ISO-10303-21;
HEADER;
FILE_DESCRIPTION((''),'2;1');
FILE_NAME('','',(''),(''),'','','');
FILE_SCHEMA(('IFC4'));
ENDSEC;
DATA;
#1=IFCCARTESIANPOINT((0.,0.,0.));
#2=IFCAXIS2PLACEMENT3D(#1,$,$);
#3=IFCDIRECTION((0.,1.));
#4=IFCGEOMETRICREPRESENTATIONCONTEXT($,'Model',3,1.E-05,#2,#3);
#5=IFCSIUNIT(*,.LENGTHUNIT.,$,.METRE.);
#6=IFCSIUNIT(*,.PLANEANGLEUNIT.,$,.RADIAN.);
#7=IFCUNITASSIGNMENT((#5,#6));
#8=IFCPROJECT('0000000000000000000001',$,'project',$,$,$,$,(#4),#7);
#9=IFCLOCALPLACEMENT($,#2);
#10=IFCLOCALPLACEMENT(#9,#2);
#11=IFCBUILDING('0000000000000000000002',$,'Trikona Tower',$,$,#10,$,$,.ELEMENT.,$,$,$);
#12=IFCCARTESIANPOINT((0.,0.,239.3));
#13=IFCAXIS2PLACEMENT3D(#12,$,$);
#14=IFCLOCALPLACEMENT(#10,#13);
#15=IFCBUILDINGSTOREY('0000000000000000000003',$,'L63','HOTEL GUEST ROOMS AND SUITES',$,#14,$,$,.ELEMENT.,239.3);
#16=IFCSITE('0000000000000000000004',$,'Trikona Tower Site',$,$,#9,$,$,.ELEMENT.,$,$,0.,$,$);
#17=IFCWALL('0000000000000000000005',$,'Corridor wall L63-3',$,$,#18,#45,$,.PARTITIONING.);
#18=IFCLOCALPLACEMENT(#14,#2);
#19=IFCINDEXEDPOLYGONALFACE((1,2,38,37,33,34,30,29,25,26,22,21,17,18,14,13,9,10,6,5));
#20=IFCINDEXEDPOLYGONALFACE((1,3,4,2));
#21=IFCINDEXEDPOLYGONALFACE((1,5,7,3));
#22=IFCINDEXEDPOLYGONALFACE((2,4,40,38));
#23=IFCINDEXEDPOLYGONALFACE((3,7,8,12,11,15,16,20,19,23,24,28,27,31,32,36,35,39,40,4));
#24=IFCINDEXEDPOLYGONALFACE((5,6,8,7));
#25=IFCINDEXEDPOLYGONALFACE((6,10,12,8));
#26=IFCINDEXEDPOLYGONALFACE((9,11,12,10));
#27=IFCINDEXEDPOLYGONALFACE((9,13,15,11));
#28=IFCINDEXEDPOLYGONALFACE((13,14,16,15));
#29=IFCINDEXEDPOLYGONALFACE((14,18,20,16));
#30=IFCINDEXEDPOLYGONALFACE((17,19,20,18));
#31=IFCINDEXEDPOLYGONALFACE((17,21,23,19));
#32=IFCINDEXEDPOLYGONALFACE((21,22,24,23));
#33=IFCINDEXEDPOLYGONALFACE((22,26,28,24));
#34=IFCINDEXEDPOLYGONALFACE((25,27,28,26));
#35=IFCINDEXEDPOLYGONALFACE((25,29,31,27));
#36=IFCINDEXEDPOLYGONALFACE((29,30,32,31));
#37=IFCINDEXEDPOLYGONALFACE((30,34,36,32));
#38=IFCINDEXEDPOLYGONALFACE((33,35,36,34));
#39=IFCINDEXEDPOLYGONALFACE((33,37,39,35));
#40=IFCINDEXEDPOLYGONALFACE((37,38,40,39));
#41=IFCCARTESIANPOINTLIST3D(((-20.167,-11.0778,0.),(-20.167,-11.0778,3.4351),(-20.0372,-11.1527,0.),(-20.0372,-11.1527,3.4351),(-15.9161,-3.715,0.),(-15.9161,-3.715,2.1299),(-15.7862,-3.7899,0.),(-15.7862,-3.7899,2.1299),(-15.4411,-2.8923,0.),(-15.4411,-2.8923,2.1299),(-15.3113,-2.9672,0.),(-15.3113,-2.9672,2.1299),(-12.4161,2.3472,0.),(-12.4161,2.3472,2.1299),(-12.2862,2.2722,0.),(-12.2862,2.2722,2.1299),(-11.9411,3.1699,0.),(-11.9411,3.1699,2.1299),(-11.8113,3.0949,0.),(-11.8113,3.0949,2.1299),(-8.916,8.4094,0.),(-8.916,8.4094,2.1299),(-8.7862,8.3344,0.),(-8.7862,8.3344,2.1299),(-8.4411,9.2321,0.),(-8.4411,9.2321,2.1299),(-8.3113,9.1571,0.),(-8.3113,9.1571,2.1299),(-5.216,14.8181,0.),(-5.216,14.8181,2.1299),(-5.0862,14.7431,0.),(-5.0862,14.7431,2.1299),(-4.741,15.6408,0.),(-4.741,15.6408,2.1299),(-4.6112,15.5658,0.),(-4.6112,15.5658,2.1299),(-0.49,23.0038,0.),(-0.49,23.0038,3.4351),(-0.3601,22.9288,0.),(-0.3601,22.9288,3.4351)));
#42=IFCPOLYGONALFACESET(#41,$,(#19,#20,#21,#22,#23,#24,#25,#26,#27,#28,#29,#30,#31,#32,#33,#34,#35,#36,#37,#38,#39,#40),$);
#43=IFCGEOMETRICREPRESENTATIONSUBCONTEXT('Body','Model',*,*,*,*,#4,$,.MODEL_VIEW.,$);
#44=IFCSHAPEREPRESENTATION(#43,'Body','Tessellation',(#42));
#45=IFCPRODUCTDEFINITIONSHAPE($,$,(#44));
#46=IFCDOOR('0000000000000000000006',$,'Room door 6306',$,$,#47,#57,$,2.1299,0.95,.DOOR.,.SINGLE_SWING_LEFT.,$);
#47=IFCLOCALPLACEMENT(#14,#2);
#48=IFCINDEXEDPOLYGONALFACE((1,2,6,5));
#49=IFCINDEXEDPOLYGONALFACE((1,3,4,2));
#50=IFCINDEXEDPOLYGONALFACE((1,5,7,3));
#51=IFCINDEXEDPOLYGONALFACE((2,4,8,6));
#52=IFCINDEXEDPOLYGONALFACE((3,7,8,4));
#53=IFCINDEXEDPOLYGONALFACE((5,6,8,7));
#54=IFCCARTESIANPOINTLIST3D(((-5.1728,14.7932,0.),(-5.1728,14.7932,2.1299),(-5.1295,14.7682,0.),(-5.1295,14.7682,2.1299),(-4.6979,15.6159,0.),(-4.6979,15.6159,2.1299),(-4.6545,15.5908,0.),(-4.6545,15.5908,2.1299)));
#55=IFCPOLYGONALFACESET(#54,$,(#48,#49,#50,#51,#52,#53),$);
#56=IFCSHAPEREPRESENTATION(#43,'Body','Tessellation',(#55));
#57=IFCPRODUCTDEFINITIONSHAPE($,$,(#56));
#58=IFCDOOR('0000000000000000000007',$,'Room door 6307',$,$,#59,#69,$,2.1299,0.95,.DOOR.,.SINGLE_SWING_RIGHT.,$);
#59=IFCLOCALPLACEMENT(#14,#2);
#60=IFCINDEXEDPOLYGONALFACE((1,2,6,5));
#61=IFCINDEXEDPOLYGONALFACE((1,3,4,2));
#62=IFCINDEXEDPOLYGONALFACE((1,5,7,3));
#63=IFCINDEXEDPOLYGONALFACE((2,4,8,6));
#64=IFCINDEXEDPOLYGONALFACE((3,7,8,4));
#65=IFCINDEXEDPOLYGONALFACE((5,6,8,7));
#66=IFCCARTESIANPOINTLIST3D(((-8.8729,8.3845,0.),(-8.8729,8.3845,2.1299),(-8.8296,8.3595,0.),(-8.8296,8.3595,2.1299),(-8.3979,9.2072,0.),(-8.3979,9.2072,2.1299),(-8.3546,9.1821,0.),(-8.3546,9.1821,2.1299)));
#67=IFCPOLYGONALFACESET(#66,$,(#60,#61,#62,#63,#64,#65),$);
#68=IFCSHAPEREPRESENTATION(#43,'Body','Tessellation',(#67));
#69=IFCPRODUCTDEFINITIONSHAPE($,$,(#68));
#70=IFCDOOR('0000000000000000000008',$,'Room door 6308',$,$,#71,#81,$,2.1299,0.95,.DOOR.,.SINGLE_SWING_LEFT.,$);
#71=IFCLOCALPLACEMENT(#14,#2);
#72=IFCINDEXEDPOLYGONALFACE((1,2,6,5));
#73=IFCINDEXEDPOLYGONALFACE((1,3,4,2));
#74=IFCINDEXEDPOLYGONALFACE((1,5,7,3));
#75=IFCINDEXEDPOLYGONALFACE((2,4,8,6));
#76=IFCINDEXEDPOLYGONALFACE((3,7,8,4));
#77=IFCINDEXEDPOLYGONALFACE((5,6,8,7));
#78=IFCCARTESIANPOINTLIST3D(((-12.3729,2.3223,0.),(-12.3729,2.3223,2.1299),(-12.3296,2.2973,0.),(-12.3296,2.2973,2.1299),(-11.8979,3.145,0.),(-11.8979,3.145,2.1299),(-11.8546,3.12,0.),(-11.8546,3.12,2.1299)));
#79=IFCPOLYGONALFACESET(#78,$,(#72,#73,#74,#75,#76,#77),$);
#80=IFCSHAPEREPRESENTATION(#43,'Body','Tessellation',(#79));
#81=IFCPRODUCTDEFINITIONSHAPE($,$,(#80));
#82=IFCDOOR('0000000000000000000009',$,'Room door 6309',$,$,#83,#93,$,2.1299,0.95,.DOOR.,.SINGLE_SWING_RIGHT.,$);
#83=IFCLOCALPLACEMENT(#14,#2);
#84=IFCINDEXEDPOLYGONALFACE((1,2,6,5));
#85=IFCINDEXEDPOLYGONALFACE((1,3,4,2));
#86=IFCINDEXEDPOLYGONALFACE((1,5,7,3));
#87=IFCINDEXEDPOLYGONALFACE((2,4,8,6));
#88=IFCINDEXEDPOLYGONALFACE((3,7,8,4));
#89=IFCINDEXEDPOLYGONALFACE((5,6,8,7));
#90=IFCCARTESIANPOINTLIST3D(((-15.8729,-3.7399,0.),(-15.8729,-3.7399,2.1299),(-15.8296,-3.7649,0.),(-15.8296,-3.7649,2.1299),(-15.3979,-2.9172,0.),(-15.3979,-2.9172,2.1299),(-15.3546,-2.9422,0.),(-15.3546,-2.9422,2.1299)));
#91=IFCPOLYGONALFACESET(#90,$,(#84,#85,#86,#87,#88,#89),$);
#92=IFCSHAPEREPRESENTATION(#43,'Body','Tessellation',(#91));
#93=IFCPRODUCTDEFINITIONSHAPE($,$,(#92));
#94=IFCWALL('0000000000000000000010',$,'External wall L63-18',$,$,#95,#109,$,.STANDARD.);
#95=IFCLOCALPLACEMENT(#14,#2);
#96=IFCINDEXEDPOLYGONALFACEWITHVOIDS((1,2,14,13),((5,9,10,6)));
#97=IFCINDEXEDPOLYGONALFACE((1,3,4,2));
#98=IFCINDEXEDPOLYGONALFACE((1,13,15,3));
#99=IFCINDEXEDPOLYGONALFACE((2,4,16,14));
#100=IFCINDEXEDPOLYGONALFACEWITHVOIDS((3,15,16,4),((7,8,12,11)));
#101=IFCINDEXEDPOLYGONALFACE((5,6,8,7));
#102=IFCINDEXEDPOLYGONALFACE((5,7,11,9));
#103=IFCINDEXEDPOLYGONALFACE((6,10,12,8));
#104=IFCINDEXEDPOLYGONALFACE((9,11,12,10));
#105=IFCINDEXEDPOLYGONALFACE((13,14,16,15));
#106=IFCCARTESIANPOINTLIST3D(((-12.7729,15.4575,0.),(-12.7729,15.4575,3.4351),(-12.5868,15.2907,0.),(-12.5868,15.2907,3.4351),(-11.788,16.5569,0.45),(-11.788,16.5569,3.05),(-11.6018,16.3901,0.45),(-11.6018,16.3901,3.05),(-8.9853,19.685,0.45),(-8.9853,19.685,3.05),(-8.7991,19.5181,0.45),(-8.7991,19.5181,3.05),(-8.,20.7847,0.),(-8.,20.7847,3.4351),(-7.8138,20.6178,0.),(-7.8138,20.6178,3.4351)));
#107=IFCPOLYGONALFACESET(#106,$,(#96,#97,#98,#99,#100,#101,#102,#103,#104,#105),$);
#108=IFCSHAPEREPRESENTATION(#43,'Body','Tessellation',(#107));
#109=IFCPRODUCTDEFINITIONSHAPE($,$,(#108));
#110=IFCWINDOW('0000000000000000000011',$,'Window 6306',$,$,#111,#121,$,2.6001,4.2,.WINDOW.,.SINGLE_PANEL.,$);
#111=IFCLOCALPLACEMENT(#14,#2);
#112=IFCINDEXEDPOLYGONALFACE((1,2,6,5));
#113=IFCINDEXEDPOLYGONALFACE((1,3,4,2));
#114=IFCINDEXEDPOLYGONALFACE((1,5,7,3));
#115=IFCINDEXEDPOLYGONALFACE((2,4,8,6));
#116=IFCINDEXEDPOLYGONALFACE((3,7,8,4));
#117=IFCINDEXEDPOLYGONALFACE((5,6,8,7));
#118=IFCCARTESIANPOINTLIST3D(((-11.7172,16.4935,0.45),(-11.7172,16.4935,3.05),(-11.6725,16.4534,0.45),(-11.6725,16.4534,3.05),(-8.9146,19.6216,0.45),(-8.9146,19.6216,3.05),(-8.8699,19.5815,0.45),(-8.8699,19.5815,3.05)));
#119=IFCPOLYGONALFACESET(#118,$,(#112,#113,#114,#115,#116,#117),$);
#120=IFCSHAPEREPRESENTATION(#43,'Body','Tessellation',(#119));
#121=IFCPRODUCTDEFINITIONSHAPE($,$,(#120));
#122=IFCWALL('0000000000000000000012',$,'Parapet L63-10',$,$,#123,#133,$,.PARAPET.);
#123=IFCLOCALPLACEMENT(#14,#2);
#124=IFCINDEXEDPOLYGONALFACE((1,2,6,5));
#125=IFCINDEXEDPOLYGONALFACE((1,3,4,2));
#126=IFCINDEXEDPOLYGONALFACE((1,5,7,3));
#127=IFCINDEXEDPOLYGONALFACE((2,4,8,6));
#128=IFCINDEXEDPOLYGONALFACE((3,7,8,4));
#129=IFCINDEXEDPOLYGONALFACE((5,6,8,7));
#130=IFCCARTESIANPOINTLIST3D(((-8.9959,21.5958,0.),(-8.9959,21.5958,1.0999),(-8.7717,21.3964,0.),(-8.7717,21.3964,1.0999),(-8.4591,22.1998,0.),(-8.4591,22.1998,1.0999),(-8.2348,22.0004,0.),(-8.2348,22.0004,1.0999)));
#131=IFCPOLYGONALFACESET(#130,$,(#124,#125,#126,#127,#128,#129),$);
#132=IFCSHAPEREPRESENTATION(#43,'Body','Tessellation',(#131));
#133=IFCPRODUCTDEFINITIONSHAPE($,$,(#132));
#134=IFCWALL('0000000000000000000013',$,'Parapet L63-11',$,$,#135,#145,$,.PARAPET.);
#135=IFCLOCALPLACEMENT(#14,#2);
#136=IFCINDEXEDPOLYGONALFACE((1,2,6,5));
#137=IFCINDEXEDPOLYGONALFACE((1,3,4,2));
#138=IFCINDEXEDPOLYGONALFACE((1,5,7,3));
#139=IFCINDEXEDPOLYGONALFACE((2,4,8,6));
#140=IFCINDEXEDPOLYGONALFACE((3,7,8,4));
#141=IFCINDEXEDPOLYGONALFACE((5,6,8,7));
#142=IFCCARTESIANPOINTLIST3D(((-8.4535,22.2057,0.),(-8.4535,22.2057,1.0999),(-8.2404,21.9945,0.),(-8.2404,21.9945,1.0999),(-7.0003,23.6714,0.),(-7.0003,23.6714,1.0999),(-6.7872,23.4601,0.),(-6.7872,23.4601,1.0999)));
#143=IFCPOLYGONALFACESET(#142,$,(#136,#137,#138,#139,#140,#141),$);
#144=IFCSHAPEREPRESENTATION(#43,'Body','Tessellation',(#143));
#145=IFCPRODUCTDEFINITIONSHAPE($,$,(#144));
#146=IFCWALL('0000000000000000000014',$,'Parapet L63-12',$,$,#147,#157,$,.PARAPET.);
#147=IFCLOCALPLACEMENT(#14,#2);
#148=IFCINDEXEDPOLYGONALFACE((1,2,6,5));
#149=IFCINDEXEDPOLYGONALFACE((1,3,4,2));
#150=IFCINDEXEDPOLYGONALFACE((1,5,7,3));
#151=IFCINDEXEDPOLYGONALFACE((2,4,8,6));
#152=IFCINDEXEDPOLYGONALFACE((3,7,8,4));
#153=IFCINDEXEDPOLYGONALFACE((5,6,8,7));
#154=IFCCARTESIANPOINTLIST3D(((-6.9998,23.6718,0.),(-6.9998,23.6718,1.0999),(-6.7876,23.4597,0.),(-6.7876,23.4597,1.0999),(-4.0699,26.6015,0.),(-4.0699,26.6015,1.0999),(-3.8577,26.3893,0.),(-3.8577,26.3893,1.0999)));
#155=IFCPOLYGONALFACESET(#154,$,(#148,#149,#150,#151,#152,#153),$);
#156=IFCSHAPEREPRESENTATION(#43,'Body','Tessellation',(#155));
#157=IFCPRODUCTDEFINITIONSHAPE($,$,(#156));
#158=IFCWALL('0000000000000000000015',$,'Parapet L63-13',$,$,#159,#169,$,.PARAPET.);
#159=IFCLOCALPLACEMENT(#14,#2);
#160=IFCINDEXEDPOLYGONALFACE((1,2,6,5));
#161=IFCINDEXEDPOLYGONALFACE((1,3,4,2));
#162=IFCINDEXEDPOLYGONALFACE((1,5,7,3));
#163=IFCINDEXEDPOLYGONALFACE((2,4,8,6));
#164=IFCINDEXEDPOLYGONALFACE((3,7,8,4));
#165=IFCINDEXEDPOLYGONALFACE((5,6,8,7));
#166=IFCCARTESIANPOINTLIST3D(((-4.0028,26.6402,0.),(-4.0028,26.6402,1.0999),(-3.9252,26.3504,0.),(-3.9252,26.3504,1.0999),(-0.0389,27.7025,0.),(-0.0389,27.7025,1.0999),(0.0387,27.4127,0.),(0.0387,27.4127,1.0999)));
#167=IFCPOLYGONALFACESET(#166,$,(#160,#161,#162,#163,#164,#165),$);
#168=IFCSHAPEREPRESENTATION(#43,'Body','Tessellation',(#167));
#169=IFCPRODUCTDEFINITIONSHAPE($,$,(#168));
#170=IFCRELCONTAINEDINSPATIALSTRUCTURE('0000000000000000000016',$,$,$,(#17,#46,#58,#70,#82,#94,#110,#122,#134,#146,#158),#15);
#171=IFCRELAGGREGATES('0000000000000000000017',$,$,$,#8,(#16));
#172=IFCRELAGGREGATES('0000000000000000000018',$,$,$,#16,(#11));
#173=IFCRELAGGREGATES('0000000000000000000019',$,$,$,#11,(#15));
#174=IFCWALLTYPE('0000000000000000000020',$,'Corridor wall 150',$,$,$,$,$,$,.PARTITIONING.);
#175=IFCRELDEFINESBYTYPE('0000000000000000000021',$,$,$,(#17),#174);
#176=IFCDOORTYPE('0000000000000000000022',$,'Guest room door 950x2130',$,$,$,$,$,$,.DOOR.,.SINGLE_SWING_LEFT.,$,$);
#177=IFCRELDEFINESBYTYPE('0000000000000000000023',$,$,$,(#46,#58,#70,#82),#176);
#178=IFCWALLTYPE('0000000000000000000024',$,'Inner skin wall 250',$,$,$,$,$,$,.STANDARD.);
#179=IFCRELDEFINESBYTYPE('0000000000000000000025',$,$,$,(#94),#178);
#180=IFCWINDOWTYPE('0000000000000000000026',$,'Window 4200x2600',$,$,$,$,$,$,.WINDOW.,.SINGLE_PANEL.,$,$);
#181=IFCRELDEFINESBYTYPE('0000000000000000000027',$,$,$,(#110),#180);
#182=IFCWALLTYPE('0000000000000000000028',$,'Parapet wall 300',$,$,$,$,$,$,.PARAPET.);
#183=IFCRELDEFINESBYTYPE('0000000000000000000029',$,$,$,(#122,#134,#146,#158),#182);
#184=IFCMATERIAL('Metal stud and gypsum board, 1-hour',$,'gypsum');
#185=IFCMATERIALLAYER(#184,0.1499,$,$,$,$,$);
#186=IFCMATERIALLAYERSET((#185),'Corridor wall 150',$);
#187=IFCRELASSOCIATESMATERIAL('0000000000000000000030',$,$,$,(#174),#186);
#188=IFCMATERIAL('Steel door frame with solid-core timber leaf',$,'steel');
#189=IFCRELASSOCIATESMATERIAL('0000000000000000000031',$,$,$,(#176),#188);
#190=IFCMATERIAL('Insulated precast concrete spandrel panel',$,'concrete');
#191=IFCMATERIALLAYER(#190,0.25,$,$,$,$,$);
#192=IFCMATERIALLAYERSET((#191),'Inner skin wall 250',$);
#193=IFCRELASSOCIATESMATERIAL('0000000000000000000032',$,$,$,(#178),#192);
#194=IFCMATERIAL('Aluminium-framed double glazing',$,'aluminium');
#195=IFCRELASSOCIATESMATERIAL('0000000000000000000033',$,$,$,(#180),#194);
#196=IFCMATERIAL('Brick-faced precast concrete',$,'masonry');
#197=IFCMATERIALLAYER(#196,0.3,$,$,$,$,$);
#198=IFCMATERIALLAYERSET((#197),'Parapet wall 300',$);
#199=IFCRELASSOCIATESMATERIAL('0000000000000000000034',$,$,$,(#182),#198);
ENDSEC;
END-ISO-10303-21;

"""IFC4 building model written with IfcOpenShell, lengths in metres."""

from ifc_helpers import new_model, si_unit, direction, frame, frame_2d, origin, place, context, subcontext, project, spatial, rectangle, extrude, material, layer, layer_set, type_object, element, fill, save


model = new_model("IFC4")

# Units and contexts
model_context = context("Model", 3, precision=1e-05, world=origin(), true_north=direction((0.0, 1.0)))
body_context = subcontext(model_context, "Body", "Model", "MODEL_VIEW")
ifc_project = project(units=[si_unit("LENGTHUNIT", "METRE"), si_unit("PLANEANGLEUNIT", "RADIAN")], contexts=[model_context])

# Site, building, storey
site_placement = place(None, origin())
site = spatial("IfcSite", under=ifc_project, at=site_placement, Name="Trikona Tower Site", CompositionType="ELEMENT", RefElevation=0.0)
building_placement = place(site_placement, origin())
building = spatial("IfcBuilding", under=site, at=building_placement, Name="Trikona Tower", CompositionType="ELEMENT")
storey_placement = place(building_placement, frame((0.0, 0.0, 239.3)))
storey = spatial("IfcBuildingStorey", under=building, at=storey_placement, Name="L63", Description="HOTEL GUEST ROOMS AND SUITES", CompositionType="ELEMENT", Elevation=239.3)

# Wall, openings, doors
ifc_material_1 = material(Name="Metal stud and gypsum board, 1-hour", Category="gypsum")
ifc_layer_1 = layer(ifc_material_1, 0.1499)
ifc_layer_set_1 = layer_set([ifc_layer_1], Name="Corridor wall 150")
wall_type_1 = type_object("IfcWallType", Name="Corridor wall 150", PredefinedType="PARTITIONING", material=ifc_layer_set_1)
wall_1_placement = place(storey_placement, frame((-0.425, 22.9663, 0.0), z_axis=(0.0, 0.0, 1.0), x_axis=(-0.5, -0.866025, 0.0)))
wall_1 = element("IfcWall", 1, at=wall_1_placement, inside=storey, type_object=wall_type_1, Name="Corridor wall L63-3", PredefinedType="PARTITIONING", context=body_context, shape_type="SweptSolid", body=[
    extrude(rectangle(XDim=39.354, YDim=0.1499, at=frame_2d((19.677, 0.0))), origin(), (0.0, 0.0, 1.0), 3.4351),
])
opening_1_placement = place(wall_1_placement, frame((8.502, 0.0, 0.0)))
opening_1 = element("IfcOpeningElement", 2, at=opening_1_placement, cuts=wall_1, PredefinedType="OPENING", context=body_context, shape_type="SweptSolid", body=[
    extrude(rectangle(XDim=0.95, YDim=2.1299, at=frame_2d((0.4751, 1.0649))), frame((0.0, 0.085, 0.0), z_axis=(0.0, -1.0, 0.0), x_axis=(1.0, 0.0, 0.0)), (0.0, 0.0, 1.0), 0.1699),
])
opening_2_placement = place(wall_1_placement, frame((15.9021, 0.0, 0.0)))
opening_2 = element("IfcOpeningElement", 3, at=opening_2_placement, cuts=wall_1, PredefinedType="OPENING", context=body_context, shape_type="SweptSolid", body=[
    extrude(rectangle(XDim=0.95, YDim=2.1299, at=frame_2d((0.4751, 1.0649))), frame((0.0, 0.085, 0.0), z_axis=(0.0, -1.0, 0.0), x_axis=(1.0, 0.0, 0.0)), (0.0, 0.0, 1.0), 0.1699),
])
opening_3_placement = place(wall_1_placement, frame((22.9021, 0.0, 0.0)))
opening_3 = element("IfcOpeningElement", 4, at=opening_3_placement, cuts=wall_1, PredefinedType="OPENING", context=body_context, shape_type="SweptSolid", body=[
    extrude(rectangle(XDim=0.95, YDim=2.1299, at=frame_2d((0.4751, 1.0649))), frame((0.0, 0.085, 0.0), z_axis=(0.0, -1.0, 0.0), x_axis=(1.0, 0.0, 0.0)), (0.0, 0.0, 1.0), 0.1699),
])
opening_4_placement = place(wall_1_placement, frame((29.9021, 0.0, 0.0)))
opening_4 = element("IfcOpeningElement", 5, at=opening_4_placement, cuts=wall_1, PredefinedType="OPENING", context=body_context, shape_type="SweptSolid", body=[
    extrude(rectangle(XDim=0.95, YDim=2.1299, at=frame_2d((0.4751, 1.0649))), frame((0.0, 0.085, 0.0), z_axis=(0.0, -1.0, 0.0), x_axis=(1.0, 0.0, 0.0)), (0.0, 0.0, 1.0), 0.1699),
])
ifc_material_2 = material(Name="Steel door frame with solid-core timber leaf", Category="steel")
door_type_1 = type_object("IfcDoorType", Name="Guest room door 950x2130", OperationType="SINGLE_SWING_LEFT", PredefinedType="DOOR", material=ifc_material_2)
door_1_placement = place(opening_1_placement, origin())
door_1 = element("IfcDoor", 6, at=door_1_placement, inside=storey, type_object=door_type_1, Name="Room door 6306", OperationType="SINGLE_SWING_LEFT", OverallHeight=2.1299, OverallWidth=0.95, PredefinedType="DOOR", context=body_context, shape_type="SweptSolid", body=[
    extrude(rectangle(XDim=0.95, YDim=2.1299, at=frame_2d((0.4751, 1.0649))), frame((0.0, 0.0249, 0.0), z_axis=(0.0, -1.0, 0.0), x_axis=(1.0, 0.0, 0.0)), (0.0, 0.0, 1.0), 0.05),
])
fill(opening_1, door_1)
door_2_placement = place(opening_2_placement, origin())
door_2 = element("IfcDoor", 7, at=door_2_placement, inside=storey, type_object=door_type_1, Name="Room door 6307", OperationType="SINGLE_SWING_RIGHT", OverallHeight=2.1299, OverallWidth=0.95, PredefinedType="DOOR", context=body_context, shape_type="SweptSolid", body=[
    extrude(rectangle(XDim=0.95, YDim=2.1299, at=frame_2d((0.4751, 1.0649))), frame((0.0, 0.0249, 0.0), z_axis=(0.0, -1.0, 0.0), x_axis=(1.0, 0.0, 0.0)), (0.0, 0.0, 1.0), 0.05),
])
fill(opening_2, door_2)
door_3_placement = place(opening_3_placement, origin())
door_3 = element("IfcDoor", 8, at=door_3_placement, inside=storey, type_object=door_type_1, Name="Room door 6308", OperationType="SINGLE_SWING_LEFT", OverallHeight=2.1299, OverallWidth=0.95, PredefinedType="DOOR", context=body_context, shape_type="SweptSolid", body=[
    extrude(rectangle(XDim=0.95, YDim=2.1299, at=frame_2d((0.4751, 1.0649))), frame((0.0, 0.0249, 0.0), z_axis=(0.0, -1.0, 0.0), x_axis=(1.0, 0.0, 0.0)), (0.0, 0.0, 1.0), 0.05),
])
fill(opening_3, door_3)
door_4_placement = place(opening_4_placement, origin())
door_4 = element("IfcDoor", 9, at=door_4_placement, inside=storey, type_object=door_type_1, Name="Room door 6309", OperationType="SINGLE_SWING_RIGHT", OverallHeight=2.1299, OverallWidth=0.95, PredefinedType="DOOR", context=body_context, shape_type="SweptSolid", body=[
    extrude(rectangle(XDim=0.95, YDim=2.1299, at=frame_2d((0.4751, 1.0649))), frame((0.0, 0.0249, 0.0), z_axis=(0.0, -1.0, 0.0), x_axis=(1.0, 0.0, 0.0)), (0.0, 0.0, 1.0), 0.05),
])
fill(opening_4, door_4)

# Wall, opening, window
ifc_material_3 = material(Name="Insulated precast concrete spandrel panel", Category="concrete")
ifc_layer_2 = layer(ifc_material_3, 0.25)
ifc_layer_set_2 = layer_set([ifc_layer_2], Name="Inner skin wall 250")
wall_type_2 = type_object("IfcWallType", Name="Inner skin wall 250", PredefinedType="STANDARD", material=ifc_layer_set_2)
wall_2_placement = place(storey_placement, frame((-7.907, 20.7012, 0.0), z_axis=(0.0, 0.0, 1.0), x_axis=(-0.667304, -0.744786, 0.0)))
wall_2 = element("IfcWall", 10, at=wall_2_placement, inside=storey, type_object=wall_type_2, Name="External wall L63-18", PredefinedType="STANDARD", context=body_context, shape_type="SweptSolid", body=[
    extrude(rectangle(XDim=7.1526, YDim=0.25, at=frame_2d((3.5762, 0.0))), origin(), (0.0, 0.0, 1.0), 3.4351),
])
opening_5_placement = place(wall_2_placement, frame((1.4763, 0.0, 0.45)))
opening_5 = element("IfcOpeningElement", 11, at=opening_5_placement, cuts=wall_2, PredefinedType="OPENING", context=body_context, shape_type="SweptSolid", body=[
    extrude(rectangle(XDim=4.2, YDim=2.6001, at=frame_2d((2.1001, 1.3))), frame((0.0, 0.135, 0.0), z_axis=(0.0, -1.0, 0.0), x_axis=(1.0, 0.0, 0.0)), (0.0, 0.0, 1.0), 0.27),
])
ifc_material_4 = material(Name="Aluminium-framed double glazing", Category="aluminium")
window_type_1 = type_object("IfcWindowType", Name="Window 4200x2600", PartitioningType="SINGLE_PANEL", PredefinedType="WINDOW", material=ifc_material_4)
window_1_placement = place(opening_5_placement, origin())
window_1 = element("IfcWindow", 12, at=window_1_placement, inside=storey, type_object=window_type_1, Name="Window 6306", OverallHeight=2.6001, OverallWidth=4.2, PartitioningType="SINGLE_PANEL", PredefinedType="WINDOW", context=body_context, shape_type="SweptSolid", body=[
    extrude(rectangle(XDim=4.2, YDim=2.6001, at=frame_2d((2.1001, 1.3))), frame((0.0, 0.03, 0.0), z_axis=(0.0, -1.0, 0.0), x_axis=(1.0, 0.0, 0.0)), (0.0, 0.0, 1.0), 0.0601),
])
fill(opening_5, window_1)

# Walls
ifc_material_5 = material(Name="Brick-faced precast concrete", Category="masonry")
ifc_layer_3 = layer(ifc_material_5, 0.3)
ifc_layer_set_3 = layer_set([ifc_layer_3], Name="Parapet wall 300")
wall_type_3 = type_object("IfcWallType", Name="Parapet wall 300", PredefinedType="PARAPET", material=ifc_layer_set_3)
wall_3_placement = place(storey_placement, frame((-8.8838, 21.4961, 0.0), z_axis=(0.0, 0.0, 1.0), x_axis=(0.664345, 0.747426, 0.0)))
element("IfcWall", 13, at=wall_3_placement, inside=storey, type_object=wall_type_3, Name="Parapet L63-10", PredefinedType="PARAPET", context=body_context, shape_type="SweptSolid", body=[
    extrude(rectangle(XDim=0.8081, YDim=0.3, at=frame_2d((0.4041, 0.0))), origin(), (0.0, 0.0, 1.0), 1.0999),
])
wall_4_placement = place(storey_placement, frame((-8.3469, 22.1001, 0.0), z_axis=(0.0, 0.0, 1.0), x_axis=(0.704084, 0.710117, 0.0)))
element("IfcWall", 14, at=wall_4_placement, inside=storey, type_object=wall_type_3, Name="Parapet L63-11", PredefinedType="PARAPET", context=body_context, shape_type="SweptSolid", body=[
    extrude(rectangle(XDim=2.064, YDim=0.3, at=frame_2d((1.032, 0.0))), origin(), (0.0, 0.0, 1.0), 1.0999),
])
wall_5_placement = place(storey_placement, frame((-6.8938, 23.5657, 0.0), z_axis=(0.0, 0.0, 1.0), x_axis=(0.707136, 0.707077, 0.0)))
element("IfcWall", 15, at=wall_5_placement, inside=storey, type_object=wall_type_3, Name="Parapet L63-12", PredefinedType="PARAPET", context=body_context, shape_type="SweptSolid", body=[
    extrude(rectangle(XDim=4.1433, YDim=0.3, at=frame_2d((2.0718, 0.0))), origin(), (0.0, 0.0, 1.0), 1.0999),
])
wall_6_placement = place(storey_placement, frame((-3.9639, 26.4954, 0.0), z_axis=(0.0, 0.0, 1.0), x_axis=(0.965917, 0.258851, 0.0)))
element("IfcWall", 16, at=wall_6_placement, inside=storey, type_object=wall_type_3, Name="Parapet L63-13", PredefinedType="PARAPET", context=body_context, shape_type="SweptSolid", body=[
    extrude(rectangle(XDim=4.1038, YDim=0.3, at=frame_2d((2.0518, 0.0))), origin(), (0.0, 0.0, 1.0), 1.0999),
])

save(model, "model.ifc")
